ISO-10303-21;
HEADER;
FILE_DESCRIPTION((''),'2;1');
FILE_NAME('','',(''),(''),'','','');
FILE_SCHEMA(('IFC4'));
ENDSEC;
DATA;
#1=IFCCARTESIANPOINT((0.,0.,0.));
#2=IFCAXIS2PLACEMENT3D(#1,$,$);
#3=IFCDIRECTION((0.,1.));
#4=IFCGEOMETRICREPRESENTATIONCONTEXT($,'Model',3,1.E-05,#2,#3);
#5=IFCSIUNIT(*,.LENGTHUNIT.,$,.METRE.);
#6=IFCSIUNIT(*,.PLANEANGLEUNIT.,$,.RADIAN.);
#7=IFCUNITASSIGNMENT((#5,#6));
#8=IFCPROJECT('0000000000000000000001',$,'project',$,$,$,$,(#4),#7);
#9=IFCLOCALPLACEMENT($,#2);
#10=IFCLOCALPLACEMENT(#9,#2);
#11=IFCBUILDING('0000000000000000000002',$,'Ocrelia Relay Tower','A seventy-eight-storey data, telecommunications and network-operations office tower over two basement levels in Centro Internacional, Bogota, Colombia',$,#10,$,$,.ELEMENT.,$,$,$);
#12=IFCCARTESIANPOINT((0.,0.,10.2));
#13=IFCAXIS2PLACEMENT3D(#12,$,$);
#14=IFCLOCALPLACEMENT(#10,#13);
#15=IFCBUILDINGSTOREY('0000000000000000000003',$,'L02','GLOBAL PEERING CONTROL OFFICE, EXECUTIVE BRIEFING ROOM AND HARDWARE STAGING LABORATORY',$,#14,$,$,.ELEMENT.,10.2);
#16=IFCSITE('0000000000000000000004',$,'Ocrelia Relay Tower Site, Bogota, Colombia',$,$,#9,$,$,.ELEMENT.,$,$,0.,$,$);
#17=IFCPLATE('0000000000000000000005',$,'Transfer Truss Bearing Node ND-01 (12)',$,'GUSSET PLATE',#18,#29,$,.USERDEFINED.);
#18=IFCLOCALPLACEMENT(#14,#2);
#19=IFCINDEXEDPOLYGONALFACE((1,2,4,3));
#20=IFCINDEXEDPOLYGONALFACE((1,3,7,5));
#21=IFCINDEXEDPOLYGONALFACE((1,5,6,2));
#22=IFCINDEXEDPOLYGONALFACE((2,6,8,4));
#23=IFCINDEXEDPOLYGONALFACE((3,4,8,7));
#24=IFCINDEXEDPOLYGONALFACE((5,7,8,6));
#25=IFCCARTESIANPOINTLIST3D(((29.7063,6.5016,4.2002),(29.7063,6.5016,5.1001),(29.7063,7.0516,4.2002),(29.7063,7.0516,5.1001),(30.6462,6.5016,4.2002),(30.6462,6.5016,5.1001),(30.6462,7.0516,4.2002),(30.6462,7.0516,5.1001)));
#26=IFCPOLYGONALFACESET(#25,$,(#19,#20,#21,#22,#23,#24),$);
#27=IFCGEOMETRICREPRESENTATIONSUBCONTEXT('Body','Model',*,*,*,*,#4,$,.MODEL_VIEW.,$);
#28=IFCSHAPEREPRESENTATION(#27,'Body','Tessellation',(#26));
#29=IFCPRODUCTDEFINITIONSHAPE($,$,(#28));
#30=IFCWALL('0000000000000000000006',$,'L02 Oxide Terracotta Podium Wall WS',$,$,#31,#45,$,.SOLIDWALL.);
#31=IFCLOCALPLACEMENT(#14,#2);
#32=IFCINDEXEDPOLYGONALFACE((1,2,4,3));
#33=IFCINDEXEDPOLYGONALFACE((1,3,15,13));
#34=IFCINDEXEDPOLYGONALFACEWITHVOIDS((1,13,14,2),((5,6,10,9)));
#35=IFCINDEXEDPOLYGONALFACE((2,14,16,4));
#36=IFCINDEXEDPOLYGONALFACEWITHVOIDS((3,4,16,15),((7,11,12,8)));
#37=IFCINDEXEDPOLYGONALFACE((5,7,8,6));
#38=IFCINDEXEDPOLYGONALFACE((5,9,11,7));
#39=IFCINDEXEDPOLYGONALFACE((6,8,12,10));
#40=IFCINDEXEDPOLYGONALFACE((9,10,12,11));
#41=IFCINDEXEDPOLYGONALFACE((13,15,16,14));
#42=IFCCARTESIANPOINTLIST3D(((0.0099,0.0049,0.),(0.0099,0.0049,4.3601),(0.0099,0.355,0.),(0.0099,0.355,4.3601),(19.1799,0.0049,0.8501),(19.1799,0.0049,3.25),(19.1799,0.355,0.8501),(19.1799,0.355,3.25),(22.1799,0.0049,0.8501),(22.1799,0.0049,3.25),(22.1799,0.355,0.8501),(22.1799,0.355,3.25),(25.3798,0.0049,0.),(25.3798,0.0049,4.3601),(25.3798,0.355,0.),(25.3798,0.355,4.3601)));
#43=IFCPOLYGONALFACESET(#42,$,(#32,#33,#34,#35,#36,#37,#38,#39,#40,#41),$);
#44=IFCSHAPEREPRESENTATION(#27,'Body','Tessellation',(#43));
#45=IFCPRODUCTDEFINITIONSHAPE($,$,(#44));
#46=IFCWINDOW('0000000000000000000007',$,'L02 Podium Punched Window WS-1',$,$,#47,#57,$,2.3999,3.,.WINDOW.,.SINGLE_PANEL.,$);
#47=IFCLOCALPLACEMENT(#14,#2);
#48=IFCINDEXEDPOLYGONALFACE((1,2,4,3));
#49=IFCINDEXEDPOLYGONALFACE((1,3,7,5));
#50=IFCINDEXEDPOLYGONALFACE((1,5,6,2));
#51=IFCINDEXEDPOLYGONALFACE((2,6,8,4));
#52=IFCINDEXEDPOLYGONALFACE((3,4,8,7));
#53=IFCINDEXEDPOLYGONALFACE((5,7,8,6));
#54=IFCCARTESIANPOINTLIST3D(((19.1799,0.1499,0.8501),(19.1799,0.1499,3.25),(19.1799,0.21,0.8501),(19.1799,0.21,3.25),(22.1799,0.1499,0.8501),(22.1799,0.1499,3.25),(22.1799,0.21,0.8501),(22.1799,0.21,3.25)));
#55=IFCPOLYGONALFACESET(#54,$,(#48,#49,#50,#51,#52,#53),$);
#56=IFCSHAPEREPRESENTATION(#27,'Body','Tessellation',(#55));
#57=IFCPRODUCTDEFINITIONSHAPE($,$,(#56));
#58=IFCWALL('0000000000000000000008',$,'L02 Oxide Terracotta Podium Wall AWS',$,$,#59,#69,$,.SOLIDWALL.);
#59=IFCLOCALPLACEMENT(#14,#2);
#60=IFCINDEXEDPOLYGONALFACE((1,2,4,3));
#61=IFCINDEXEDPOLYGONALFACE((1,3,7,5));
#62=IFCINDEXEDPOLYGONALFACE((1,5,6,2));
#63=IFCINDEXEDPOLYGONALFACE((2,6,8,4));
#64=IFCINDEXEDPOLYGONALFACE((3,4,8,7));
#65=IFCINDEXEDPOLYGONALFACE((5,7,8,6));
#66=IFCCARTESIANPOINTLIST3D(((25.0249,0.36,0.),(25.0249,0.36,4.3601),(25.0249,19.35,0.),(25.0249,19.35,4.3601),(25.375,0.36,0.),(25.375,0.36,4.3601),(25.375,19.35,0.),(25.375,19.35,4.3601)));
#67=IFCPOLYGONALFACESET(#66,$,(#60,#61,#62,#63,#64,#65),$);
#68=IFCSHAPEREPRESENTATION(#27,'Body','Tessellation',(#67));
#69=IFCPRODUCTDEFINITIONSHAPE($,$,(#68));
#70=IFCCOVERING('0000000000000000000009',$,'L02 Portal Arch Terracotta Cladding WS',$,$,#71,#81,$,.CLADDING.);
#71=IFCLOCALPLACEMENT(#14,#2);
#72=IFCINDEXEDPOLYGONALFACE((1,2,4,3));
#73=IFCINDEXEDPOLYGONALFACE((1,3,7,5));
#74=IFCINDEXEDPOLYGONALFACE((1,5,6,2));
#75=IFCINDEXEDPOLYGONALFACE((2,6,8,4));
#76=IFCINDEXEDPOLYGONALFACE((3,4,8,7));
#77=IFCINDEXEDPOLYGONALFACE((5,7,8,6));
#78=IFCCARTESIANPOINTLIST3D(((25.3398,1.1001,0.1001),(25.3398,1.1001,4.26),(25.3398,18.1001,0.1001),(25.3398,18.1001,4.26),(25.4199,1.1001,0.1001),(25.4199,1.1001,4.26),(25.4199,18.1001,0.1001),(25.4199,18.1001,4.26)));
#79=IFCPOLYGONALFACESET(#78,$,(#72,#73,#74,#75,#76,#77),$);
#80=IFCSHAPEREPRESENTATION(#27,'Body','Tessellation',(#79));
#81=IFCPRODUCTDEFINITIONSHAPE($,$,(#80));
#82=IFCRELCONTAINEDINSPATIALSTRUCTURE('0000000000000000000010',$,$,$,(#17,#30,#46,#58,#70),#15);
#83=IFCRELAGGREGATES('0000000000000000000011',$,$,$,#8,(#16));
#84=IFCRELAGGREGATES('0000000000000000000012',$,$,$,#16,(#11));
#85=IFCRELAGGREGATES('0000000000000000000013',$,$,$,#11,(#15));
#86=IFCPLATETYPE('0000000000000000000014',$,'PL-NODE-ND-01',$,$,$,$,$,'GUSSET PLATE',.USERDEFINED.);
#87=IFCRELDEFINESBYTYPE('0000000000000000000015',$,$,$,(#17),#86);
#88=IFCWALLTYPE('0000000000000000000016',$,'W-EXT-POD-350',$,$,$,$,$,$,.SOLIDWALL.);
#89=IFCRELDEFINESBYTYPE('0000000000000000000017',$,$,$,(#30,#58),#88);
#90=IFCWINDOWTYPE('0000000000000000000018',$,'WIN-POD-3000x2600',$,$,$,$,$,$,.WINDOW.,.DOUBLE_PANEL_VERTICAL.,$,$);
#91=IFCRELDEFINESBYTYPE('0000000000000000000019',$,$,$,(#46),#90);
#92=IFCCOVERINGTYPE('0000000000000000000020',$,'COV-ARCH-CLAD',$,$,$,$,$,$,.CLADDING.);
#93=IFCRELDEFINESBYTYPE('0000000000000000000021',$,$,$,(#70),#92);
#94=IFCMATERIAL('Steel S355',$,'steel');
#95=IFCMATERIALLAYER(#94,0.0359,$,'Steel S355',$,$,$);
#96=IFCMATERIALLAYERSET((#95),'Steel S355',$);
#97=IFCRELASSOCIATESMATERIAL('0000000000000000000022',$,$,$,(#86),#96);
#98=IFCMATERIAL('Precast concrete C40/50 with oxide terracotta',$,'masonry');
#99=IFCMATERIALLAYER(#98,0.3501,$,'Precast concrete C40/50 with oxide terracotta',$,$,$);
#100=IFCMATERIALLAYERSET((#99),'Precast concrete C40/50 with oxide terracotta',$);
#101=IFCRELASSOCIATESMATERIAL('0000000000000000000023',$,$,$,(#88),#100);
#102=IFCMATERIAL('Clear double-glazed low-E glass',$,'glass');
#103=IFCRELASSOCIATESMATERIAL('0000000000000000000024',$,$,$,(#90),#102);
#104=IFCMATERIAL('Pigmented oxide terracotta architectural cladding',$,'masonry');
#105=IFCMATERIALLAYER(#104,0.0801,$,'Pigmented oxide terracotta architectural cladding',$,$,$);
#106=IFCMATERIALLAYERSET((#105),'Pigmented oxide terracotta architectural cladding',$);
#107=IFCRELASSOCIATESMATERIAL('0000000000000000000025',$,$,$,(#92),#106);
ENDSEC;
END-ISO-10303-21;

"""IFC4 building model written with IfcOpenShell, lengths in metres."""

from ifc_helpers import new_model, si_unit, direction, frame, frame_2d, origin, origin_2d, place, context, subcontext, project, spatial, rectangle, extrude, material, layer, layer_set, type_object, element, fill, save


model = new_model("IFC4")

# Units and contexts
model_context = context("Model", 3, precision=1e-05, world=origin(), true_north=direction((0.0, 1.0)))
body_context = subcontext(model_context, "Body", "Model", "MODEL_VIEW")
ifc_project = project(units=[si_unit("LENGTHUNIT", "METRE"), si_unit("PLANEANGLEUNIT", "RADIAN")], contexts=[model_context])

# Site, building, storey
site_placement = place(None, origin())
site = spatial("IfcSite", under=ifc_project, at=site_placement, Name="Ocrelia Relay Tower Site, Bogota, Colombia", CompositionType="ELEMENT", RefElevation=0.0)
building_placement = place(site_placement, origin())
building = spatial("IfcBuilding", under=site, at=building_placement, Name="Ocrelia Relay Tower", Description="A seventy-eight-storey data, telecommunications and network-operations office tower over two basement levels in Centro Internacional, Bogota, Colombia", CompositionType="ELEMENT")
storey_placement = place(building_placement, frame((0.0, 0.0, 10.2)))
storey = spatial("IfcBuildingStorey", under=building, at=storey_placement, Name="L02", Description="GLOBAL PEERING CONTROL OFFICE, EXECUTIVE BRIEFING ROOM AND HARDWARE STAGING LABORATORY", CompositionType="ELEMENT", Elevation=10.2)

# Shared definitions
ifc_material_1 = material(Name="Steel S355", Category="steel")

# Plate
ifc_layer_1 = layer(ifc_material_1, 0.0359, Name="Steel S355")
ifc_layer_set_1 = layer_set([ifc_layer_1], Name="Steel S355")
plate_type = type_object("IfcPlateType", Name="PL-NODE-ND-01", ElementType="GUSSET PLATE", PredefinedType="USERDEFINED", material=ifc_layer_set_1)
plate_placement = place(storey_placement, frame((30.1763, 6.7766, 4.2002), z_axis=(0.0, 0.0, 1.0), x_axis=(1.0, 0.0, 0.0)))
element("IfcPlate", 1, at=plate_placement, inside=storey, type_object=plate_type, Name="Transfer Truss Bearing Node ND-01 (12)", ObjectType="GUSSET PLATE", PredefinedType="USERDEFINED", context=body_context, shape_type="SweptSolid", body=[
    extrude(rectangle(XDim=0.9399, YDim=0.55, at=origin_2d()), origin(), (0.0, 0.0, 1.0), 0.8999),
])

# Wall, opening, window
ifc_material_2 = material(Name="Precast concrete C40/50 with oxide terracotta", Category="masonry")
ifc_layer_2 = layer(ifc_material_2, 0.3501, Name="Precast concrete C40/50 with oxide terracotta")
ifc_layer_set_2 = layer_set([ifc_layer_2], Name="Precast concrete C40/50 with oxide terracotta")
wall_type = type_object("IfcWallType", Name="W-EXT-POD-350", PredefinedType="SOLIDWALL", material=ifc_layer_set_2)
wall_1_placement = place(storey_placement, frame((25.3799, 0.1799, 0.0), z_axis=(0.0, 0.0, 1.0), x_axis=(-1.0, 0.0, 0.0)))
wall_1 = element("IfcWall", 2, at=wall_1_placement, inside=storey, type_object=wall_type, Name="L02 Oxide Terracotta Podium Wall WS", PredefinedType="SOLIDWALL", context=body_context, shape_type="SweptSolid", body=[
    extrude(rectangle(XDim=25.3699, YDim=0.3501, at=frame_2d((12.6851, 0.0))), origin(), (0.0, 0.0, 1.0), 4.3601),
])
opening_placement = place(wall_1_placement, frame((3.2, 0.0, 0.8501)))
opening = element("IfcOpeningElement", 3, at=opening_placement, cuts=wall_1, PredefinedType="OPENING", context=body_context, shape_type="SweptSolid", body=[
    extrude(rectangle(XDim=3.0, YDim=2.3999, at=frame_2d((1.5, 1.2))), frame((0.0, 0.1851, 0.0), z_axis=(0.0, -1.0, 0.0), x_axis=(1.0, 0.0, 0.0)), (0.0, 0.0, 1.0), 0.3701),
])
ifc_material_3 = material(Name="Clear double-glazed low-E glass", Category="glass")
window_type = type_object("IfcWindowType", Name="WIN-POD-3000x2600", PartitioningType="DOUBLE_PANEL_VERTICAL", PredefinedType="WINDOW", material=ifc_material_3)
window_placement = place(opening_placement, origin())
window = element("IfcWindow", 4, at=window_placement, inside=storey, type_object=window_type, Name="L02 Podium Punched Window WS-1", OverallHeight=2.3999, OverallWidth=3.0, PartitioningType="SINGLE_PANEL", PredefinedType="WINDOW", context=body_context, shape_type="SweptSolid", body=[
    extrude(rectangle(XDim=3.0, YDim=2.3999, at=frame_2d((1.5, 1.2))), frame((0.0, 0.03, 0.0), z_axis=(0.0, -1.0, 0.0), x_axis=(1.0, 0.0, 0.0)), (0.0, 0.0, 1.0), 0.0601),
])
fill(opening, window)

# Wall
wall_2_placement = place(storey_placement, frame((25.2, 19.3501, 0.0), z_axis=(0.0, 0.0, 1.0), x_axis=(0.0, -1.0, 0.0)))
element("IfcWall", 5, at=wall_2_placement, inside=storey, type_object=wall_type, Name="L02 Oxide Terracotta Podium Wall AWS", PredefinedType="SOLIDWALL", context=body_context, shape_type="SweptSolid", body=[
    extrude(rectangle(XDim=18.99, YDim=0.3501, at=frame_2d((9.4951, 0.0))), origin(), (0.0, 0.0, 1.0), 4.3601),
])

# Covering
ifc_material_4 = material(Name="Pigmented oxide terracotta architectural cladding", Category="masonry")
ifc_layer_3 = layer(ifc_material_4, 0.0801, Name="Pigmented oxide terracotta architectural cladding")
ifc_layer_set_3 = layer_set([ifc_layer_3], Name="Pigmented oxide terracotta architectural cladding")
covering_type = type_object("IfcCoveringType", Name="COV-ARCH-CLAD", PredefinedType="CLADDING", material=ifc_layer_set_3)
covering_placement = place(storey_placement, frame((25.3799, 9.6001, 0.1001), z_axis=(0.0, 0.0, 1.0), x_axis=(1.0, 0.0, 0.0)))
element("IfcCovering", 6, at=covering_placement, inside=storey, type_object=covering_type, Name="L02 Portal Arch Terracotta Cladding WS", PredefinedType="CLADDING", context=body_context, shape_type="SweptSolid", body=[
    extrude(rectangle(XDim=0.0801, YDim=17.0, at=origin_2d()), origin(), (0.0, 0.0, 1.0), 4.1599),
])

save(model, "model.ifc")
